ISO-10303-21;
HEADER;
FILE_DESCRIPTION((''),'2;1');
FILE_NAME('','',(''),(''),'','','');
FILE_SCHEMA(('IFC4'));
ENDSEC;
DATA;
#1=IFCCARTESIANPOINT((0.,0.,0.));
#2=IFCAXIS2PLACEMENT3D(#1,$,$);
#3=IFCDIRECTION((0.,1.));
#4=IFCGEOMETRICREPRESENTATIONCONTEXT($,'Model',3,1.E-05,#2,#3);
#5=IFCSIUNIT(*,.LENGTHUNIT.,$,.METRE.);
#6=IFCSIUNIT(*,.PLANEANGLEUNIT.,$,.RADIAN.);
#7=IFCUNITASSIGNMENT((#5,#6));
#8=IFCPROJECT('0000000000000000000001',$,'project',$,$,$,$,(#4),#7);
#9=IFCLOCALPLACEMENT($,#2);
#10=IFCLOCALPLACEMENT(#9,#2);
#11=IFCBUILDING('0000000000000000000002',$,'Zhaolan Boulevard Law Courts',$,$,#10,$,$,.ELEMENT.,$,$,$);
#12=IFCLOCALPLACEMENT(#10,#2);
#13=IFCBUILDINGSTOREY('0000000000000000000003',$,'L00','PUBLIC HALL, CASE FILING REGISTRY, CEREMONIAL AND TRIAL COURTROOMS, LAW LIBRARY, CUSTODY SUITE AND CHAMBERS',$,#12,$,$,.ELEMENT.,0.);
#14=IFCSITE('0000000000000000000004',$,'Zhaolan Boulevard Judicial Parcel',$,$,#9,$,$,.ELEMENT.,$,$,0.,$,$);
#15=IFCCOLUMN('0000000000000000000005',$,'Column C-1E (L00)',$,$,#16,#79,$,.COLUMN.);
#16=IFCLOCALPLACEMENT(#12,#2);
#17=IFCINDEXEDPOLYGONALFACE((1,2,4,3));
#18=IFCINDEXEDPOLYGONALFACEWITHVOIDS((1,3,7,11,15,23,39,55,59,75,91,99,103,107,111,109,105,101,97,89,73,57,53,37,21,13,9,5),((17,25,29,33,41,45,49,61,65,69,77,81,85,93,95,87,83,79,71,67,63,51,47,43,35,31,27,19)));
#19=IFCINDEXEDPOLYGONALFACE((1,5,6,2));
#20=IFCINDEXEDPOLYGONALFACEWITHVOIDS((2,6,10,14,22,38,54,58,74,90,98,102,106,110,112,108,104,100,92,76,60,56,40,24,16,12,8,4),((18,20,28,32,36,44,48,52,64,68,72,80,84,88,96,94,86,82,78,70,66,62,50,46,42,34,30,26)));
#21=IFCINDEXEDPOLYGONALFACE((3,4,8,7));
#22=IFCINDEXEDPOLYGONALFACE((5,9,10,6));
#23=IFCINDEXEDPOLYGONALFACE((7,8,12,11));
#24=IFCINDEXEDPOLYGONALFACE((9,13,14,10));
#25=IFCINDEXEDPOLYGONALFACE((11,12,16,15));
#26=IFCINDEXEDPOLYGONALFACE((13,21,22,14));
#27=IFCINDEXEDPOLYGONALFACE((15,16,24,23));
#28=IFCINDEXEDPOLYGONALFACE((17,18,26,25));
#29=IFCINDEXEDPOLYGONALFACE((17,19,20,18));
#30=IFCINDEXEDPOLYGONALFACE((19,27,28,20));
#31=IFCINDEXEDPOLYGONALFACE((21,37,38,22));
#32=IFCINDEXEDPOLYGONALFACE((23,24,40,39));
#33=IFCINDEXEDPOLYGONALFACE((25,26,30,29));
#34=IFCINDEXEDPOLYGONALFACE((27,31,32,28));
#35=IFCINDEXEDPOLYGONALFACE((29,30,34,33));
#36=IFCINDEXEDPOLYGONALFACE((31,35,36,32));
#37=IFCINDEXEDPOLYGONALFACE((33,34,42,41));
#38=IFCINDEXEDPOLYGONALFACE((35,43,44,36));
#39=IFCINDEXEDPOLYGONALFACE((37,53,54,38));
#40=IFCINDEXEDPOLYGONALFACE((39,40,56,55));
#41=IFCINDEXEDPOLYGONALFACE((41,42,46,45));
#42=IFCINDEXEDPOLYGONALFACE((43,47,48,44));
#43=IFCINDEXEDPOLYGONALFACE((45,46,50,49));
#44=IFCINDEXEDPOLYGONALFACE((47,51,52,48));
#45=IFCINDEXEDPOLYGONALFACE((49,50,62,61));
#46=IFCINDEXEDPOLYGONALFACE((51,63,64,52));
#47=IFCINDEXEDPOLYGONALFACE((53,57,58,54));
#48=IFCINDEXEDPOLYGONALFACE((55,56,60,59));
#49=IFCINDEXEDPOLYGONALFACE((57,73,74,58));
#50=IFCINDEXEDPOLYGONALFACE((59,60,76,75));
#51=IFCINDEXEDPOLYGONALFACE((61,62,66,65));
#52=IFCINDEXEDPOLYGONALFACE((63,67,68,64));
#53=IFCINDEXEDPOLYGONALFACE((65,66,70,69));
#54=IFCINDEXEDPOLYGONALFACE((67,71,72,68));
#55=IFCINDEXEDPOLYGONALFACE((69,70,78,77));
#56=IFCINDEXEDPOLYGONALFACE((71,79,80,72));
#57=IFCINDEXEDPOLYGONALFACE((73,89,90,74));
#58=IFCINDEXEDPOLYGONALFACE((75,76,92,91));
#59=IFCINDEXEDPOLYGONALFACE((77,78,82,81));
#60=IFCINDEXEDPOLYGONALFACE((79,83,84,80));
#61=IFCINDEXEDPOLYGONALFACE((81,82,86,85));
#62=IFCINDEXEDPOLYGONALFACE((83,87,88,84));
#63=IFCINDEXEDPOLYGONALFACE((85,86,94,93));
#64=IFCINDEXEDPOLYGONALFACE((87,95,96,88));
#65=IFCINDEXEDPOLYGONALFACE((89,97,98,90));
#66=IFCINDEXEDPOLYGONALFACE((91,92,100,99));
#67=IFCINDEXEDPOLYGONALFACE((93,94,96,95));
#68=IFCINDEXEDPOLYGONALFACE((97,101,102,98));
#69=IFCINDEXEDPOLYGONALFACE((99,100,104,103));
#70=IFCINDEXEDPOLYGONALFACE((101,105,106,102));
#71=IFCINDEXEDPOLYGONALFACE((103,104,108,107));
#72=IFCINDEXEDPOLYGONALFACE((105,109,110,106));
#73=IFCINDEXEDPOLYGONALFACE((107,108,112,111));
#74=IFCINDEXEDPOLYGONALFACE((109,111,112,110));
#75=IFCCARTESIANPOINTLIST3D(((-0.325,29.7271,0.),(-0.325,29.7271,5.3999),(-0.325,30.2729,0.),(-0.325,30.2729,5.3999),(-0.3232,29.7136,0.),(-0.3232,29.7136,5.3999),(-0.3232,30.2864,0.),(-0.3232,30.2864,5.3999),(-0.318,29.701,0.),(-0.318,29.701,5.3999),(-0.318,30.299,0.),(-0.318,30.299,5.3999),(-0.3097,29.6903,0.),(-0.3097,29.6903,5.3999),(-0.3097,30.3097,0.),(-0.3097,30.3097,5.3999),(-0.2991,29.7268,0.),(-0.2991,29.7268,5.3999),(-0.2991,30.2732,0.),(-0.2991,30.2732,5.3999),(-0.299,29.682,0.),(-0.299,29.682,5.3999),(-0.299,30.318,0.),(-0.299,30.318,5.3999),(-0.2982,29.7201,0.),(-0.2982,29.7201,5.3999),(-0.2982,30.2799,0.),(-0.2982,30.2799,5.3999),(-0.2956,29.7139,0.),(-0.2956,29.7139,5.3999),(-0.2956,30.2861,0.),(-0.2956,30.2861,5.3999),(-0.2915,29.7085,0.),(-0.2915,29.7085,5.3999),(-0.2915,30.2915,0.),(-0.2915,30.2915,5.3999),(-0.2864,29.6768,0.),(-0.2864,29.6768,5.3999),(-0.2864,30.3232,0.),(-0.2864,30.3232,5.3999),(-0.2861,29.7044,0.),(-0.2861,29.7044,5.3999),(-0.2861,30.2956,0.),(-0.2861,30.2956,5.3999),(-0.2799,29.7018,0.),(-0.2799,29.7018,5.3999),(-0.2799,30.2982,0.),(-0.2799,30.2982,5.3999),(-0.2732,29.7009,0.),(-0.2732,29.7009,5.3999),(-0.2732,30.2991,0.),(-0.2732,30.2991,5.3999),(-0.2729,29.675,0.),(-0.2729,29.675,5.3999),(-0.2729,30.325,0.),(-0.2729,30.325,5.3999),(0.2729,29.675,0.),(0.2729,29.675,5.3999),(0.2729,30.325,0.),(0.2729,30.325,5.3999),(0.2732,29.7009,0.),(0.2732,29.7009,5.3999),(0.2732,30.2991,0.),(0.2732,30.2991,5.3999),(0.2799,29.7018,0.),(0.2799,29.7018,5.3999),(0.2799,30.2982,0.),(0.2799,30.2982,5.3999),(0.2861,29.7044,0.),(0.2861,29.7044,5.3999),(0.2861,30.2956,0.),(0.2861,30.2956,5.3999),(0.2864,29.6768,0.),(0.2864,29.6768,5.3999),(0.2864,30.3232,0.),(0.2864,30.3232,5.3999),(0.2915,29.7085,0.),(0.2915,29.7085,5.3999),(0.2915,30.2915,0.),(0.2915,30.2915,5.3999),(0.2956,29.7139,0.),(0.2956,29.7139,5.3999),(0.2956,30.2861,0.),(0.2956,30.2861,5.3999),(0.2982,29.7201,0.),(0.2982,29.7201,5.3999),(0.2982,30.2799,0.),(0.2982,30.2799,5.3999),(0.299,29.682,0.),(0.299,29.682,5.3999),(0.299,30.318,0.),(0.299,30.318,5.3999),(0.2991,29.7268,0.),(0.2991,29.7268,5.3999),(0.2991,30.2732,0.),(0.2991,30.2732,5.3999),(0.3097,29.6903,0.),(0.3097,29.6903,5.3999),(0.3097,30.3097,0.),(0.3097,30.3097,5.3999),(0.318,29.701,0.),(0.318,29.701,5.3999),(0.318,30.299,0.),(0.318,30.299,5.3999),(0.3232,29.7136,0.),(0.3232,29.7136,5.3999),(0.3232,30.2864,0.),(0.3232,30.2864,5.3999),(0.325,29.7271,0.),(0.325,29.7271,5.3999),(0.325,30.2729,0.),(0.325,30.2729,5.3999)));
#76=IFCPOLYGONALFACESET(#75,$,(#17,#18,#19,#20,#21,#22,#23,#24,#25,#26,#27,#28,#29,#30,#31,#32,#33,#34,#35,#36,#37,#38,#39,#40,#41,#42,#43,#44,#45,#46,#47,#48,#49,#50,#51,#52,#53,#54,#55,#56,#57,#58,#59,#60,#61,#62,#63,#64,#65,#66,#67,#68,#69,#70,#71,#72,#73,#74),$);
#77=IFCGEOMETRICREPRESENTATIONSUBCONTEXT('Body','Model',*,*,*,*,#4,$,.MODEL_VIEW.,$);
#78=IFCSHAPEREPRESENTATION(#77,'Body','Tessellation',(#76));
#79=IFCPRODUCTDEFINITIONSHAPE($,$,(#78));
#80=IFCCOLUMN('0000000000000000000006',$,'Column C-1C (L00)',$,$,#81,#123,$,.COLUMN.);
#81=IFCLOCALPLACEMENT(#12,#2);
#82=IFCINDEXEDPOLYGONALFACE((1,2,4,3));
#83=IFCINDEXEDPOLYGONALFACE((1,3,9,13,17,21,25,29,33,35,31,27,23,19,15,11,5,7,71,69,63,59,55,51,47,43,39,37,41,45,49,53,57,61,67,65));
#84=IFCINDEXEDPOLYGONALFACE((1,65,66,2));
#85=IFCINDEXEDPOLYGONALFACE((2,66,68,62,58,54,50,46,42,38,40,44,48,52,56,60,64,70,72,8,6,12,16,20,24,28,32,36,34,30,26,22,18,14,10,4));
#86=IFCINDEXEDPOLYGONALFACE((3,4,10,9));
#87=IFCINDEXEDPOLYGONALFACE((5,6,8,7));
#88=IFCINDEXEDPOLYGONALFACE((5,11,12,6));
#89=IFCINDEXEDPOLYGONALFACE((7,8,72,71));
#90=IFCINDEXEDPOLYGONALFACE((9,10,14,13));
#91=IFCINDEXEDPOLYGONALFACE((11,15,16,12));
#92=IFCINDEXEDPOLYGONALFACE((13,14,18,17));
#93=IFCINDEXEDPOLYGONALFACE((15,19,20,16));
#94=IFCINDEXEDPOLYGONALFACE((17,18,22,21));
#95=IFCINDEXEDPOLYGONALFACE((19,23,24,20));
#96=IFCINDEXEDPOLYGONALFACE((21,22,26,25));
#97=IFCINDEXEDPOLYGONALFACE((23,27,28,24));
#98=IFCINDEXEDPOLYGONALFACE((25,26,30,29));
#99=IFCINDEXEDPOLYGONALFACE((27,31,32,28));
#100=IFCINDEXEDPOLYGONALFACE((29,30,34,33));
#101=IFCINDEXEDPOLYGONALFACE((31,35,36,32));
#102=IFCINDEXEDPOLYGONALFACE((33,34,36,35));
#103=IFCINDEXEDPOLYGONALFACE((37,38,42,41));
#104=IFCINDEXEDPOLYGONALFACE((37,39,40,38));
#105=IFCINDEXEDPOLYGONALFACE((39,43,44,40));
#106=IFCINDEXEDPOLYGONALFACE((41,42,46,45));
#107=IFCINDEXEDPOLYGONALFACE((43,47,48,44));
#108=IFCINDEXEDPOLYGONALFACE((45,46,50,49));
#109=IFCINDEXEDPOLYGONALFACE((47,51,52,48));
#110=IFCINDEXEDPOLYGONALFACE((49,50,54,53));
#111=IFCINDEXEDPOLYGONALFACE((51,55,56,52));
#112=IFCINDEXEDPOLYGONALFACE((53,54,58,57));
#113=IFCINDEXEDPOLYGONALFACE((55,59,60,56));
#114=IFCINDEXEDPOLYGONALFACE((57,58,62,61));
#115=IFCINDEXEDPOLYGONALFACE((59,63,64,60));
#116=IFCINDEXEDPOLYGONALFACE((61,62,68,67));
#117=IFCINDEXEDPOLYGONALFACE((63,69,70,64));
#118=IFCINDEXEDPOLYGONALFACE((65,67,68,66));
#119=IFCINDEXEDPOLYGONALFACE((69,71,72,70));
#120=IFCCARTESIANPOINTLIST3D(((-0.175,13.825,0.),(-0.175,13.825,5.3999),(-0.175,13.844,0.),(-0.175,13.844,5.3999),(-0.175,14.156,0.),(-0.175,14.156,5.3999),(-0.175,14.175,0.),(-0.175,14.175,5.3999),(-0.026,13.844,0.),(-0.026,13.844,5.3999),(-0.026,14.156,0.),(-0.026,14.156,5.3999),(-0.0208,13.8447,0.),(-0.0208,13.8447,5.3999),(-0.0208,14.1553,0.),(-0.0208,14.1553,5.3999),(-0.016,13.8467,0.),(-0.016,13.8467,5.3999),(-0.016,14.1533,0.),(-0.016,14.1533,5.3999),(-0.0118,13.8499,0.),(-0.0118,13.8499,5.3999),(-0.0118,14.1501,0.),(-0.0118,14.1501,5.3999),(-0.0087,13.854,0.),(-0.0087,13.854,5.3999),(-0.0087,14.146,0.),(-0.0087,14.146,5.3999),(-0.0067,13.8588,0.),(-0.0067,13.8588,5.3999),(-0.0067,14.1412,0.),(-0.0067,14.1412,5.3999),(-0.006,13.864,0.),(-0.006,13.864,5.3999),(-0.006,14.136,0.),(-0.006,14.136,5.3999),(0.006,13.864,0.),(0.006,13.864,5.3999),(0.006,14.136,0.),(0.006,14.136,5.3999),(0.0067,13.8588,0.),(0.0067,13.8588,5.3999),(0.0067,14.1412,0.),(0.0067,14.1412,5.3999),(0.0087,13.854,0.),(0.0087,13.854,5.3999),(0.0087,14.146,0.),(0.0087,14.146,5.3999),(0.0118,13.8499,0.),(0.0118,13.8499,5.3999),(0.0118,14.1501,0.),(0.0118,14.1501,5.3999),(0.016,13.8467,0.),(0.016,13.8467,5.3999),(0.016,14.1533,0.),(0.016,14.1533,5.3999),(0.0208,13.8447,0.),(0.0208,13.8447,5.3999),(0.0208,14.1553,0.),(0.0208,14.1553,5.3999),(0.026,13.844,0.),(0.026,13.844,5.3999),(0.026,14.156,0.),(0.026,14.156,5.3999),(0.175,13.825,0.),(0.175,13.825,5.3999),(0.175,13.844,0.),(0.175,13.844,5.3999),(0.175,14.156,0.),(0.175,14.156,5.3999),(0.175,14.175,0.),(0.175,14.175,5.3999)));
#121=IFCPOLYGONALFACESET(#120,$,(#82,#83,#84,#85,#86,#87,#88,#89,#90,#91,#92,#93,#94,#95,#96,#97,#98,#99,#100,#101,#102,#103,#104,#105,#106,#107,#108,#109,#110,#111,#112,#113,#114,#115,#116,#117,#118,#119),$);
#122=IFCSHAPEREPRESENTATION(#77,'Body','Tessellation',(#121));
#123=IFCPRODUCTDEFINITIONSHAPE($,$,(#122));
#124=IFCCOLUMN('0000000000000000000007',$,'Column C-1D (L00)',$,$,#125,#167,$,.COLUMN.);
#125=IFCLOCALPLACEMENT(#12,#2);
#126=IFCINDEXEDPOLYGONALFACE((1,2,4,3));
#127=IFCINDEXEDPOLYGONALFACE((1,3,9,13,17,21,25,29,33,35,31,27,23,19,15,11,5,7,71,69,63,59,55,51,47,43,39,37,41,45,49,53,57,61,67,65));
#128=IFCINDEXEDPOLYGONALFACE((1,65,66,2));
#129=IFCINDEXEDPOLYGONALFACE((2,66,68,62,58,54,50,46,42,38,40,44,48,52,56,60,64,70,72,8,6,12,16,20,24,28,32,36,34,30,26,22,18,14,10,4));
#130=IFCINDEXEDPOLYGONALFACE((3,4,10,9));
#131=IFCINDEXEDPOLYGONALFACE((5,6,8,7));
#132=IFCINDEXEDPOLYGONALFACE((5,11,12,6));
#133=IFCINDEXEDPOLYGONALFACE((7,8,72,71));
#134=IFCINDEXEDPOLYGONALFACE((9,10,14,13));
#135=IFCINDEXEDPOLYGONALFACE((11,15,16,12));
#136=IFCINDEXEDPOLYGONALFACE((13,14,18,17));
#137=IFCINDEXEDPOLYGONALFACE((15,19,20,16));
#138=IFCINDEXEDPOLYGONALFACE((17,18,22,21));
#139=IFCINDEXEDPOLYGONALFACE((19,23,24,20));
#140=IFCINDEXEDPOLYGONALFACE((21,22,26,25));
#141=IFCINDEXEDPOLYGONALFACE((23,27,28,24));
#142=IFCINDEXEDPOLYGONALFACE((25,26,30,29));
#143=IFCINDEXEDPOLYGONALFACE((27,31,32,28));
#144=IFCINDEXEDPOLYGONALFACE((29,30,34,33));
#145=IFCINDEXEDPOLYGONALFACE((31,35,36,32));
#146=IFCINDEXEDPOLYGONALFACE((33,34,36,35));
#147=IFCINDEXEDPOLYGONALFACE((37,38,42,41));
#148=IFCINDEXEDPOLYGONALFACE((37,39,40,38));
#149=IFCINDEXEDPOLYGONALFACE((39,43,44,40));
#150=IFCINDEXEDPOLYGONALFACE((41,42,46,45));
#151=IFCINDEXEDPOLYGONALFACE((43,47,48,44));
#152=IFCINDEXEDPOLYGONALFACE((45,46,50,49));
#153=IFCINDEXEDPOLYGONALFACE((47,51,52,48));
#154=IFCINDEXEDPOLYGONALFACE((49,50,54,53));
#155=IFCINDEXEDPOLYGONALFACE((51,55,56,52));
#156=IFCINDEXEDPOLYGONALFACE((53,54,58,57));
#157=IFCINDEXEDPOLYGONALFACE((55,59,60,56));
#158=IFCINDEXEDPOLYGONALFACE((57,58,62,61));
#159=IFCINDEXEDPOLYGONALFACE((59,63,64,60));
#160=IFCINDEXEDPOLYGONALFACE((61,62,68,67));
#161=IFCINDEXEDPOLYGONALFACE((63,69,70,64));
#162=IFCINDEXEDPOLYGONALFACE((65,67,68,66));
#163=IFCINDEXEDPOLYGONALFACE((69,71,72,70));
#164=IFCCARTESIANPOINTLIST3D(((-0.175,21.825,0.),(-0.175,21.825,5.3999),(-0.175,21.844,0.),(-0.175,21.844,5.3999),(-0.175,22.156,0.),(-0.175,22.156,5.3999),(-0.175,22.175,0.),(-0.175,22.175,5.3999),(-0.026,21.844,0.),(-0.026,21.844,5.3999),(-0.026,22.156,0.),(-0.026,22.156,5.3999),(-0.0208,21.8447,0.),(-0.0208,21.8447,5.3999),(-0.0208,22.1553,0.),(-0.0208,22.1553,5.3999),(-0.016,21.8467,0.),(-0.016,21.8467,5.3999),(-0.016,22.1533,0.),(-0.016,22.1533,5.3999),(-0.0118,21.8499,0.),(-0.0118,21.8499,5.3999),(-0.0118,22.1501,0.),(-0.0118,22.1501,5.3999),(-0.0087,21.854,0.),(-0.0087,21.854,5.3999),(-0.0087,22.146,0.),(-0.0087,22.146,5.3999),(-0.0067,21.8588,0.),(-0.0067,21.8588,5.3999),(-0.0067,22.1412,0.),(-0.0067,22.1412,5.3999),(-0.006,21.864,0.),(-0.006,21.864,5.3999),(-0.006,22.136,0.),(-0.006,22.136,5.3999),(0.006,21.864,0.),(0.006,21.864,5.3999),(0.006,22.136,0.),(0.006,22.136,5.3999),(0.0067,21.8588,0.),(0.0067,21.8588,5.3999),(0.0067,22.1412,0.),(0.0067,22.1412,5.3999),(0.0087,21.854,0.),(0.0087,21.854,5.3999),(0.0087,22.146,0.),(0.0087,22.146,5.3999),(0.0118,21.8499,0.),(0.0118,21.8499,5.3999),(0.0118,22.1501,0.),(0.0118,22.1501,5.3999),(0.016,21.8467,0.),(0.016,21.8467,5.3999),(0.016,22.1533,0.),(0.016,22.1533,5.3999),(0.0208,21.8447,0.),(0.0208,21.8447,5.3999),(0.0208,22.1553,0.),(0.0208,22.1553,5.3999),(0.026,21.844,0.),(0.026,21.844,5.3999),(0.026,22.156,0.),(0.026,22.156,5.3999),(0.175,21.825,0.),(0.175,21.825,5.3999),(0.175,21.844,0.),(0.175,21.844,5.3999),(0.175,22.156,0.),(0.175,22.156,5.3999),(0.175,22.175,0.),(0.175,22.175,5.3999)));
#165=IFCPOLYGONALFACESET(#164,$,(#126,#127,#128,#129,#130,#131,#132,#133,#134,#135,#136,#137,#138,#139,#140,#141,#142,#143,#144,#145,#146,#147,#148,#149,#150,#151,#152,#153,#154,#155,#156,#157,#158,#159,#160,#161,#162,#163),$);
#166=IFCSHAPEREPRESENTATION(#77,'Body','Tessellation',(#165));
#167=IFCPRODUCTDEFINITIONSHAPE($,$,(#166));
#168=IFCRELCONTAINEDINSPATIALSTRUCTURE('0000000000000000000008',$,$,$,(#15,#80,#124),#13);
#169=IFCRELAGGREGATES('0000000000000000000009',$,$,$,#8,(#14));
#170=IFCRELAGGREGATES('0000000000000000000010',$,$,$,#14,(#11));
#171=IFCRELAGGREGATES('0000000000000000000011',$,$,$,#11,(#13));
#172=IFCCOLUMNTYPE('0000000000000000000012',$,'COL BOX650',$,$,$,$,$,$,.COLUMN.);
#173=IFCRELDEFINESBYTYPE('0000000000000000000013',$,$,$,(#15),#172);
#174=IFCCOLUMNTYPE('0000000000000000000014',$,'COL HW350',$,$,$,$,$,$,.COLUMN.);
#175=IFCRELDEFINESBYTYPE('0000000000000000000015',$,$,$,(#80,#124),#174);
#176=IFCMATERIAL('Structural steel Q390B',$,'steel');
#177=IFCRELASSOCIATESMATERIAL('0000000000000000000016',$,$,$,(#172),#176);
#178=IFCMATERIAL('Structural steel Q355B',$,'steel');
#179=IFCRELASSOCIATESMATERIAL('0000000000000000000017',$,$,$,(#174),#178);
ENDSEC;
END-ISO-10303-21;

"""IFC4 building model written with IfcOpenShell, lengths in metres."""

from ifc_helpers import new_model, si_unit, direction, frame, origin, origin_2d, place, context, subcontext, project, spatial, hollow_rectangle, i_section, extrude, material, material_profile, profile_set, type_object, element, save


model = new_model("IFC4")

# Units and contexts
model_context = context("Model", 3, precision=1e-05, world=origin(), true_north=direction((0.0, 1.0)))
body_context = subcontext(model_context, "Body", "Model", "MODEL_VIEW")
ifc_project = project(units=[si_unit("LENGTHUNIT", "METRE"), si_unit("PLANEANGLEUNIT", "RADIAN")], contexts=[model_context])

# Site, building, storey
site_placement = place(None, origin())
site = spatial("IfcSite", under=ifc_project, at=site_placement, Name="Zhaolan Boulevard Judicial Parcel", CompositionType="ELEMENT", RefElevation=0.0)
building_placement = place(site_placement, origin())
building = spatial("IfcBuilding", under=site, at=building_placement, Name="Zhaolan Boulevard Law Courts", CompositionType="ELEMENT")
storey_placement = place(building_placement, origin())
storey = spatial("IfcBuildingStorey", under=building, at=storey_placement, Name="L00", Description="PUBLIC HALL, CASE FILING REGISTRY, CEREMONIAL AND TRIAL COURTROOMS, LAW LIBRARY, CUSTODY SUITE AND CHAMBERS", CompositionType="ELEMENT", Elevation=0.0)

# Columns
ifc_material_1 = material(Name="Structural steel Q390B", Category="steel")
ifc_material_profile_1 = material_profile(ifc_material_1, hollow_rectangle(XDim=0.6499, YDim=0.6499, WallThickness=0.0259, InnerFilletRadius=0.0259, OuterFilletRadius=0.052, at=origin_2d()), Name="BOX650x650x26")
ifc_profile_set_1 = profile_set([ifc_material_profile_1], Name="Structural steel Q390B")
column_type_1 = type_object("IfcColumnType", Name="COL BOX650", PredefinedType="COLUMN", material=ifc_profile_set_1)
column_placement = place(storey_placement, frame((0.0, 30.0, 0.0), z_axis=(0.0, 0.0, 1.0), x_axis=(1.0, 0.0, 0.0)))
element("IfcColumn", 1, at=column_placement, inside=storey, type_object=column_type_1, Name="Column C-1E (L00)", PredefinedType="COLUMN", context=body_context, shape_type="SweptSolid", body=[
    extrude(hollow_rectangle(XDim=0.6499, YDim=0.6499, WallThickness=0.0259, InnerFilletRadius=0.0259, OuterFilletRadius=0.052, at=origin_2d()), origin(), (0.0, 0.0, 1.0), 5.3999),
])
ifc_material_2 = material(Name="Structural steel Q355B", Category="steel")
ifc_material_profile_2 = material_profile(ifc_material_2, i_section(OverallWidth=0.3501, OverallDepth=0.3501, WebThickness=0.012, FlangeThickness=0.019, FilletRadius=0.02, at=origin_2d()), Name="HW350x350")
ifc_profile_set_2 = profile_set([ifc_material_profile_2], Name="Structural steel Q355B")
column_type_2 = type_object("IfcColumnType", Name="COL HW350", PredefinedType="COLUMN", material=ifc_profile_set_2)
for number, where, z_axis, x_axis, name in (
    (2, (0.0, 14.0, 0.0), (0.0, 0.0, 1.0), (1.0, 0.0, 0.0), "Column C-1C (L00)"),
    (3, (0.0, 22.0, 0.0), (0.0, 0.0, 1.0), (1.0, 0.0, 0.0), "Column C-1D (L00)"),
):
    element("IfcColumn", number, at=place(storey_placement, frame(where, z_axis=z_axis, x_axis=x_axis)), inside=storey, type_object=column_type_2, Name=name, PredefinedType="COLUMN", context=body_context, shape_type="SweptSolid", body=[
        extrude(i_section(OverallWidth=0.3501, OverallDepth=0.3501, WebThickness=0.012, FlangeThickness=0.019, FilletRadius=0.02, at=origin_2d()), origin(), (0.0, 0.0, 1.0), 5.3999),
    ])

save(model, "model.ifc")
